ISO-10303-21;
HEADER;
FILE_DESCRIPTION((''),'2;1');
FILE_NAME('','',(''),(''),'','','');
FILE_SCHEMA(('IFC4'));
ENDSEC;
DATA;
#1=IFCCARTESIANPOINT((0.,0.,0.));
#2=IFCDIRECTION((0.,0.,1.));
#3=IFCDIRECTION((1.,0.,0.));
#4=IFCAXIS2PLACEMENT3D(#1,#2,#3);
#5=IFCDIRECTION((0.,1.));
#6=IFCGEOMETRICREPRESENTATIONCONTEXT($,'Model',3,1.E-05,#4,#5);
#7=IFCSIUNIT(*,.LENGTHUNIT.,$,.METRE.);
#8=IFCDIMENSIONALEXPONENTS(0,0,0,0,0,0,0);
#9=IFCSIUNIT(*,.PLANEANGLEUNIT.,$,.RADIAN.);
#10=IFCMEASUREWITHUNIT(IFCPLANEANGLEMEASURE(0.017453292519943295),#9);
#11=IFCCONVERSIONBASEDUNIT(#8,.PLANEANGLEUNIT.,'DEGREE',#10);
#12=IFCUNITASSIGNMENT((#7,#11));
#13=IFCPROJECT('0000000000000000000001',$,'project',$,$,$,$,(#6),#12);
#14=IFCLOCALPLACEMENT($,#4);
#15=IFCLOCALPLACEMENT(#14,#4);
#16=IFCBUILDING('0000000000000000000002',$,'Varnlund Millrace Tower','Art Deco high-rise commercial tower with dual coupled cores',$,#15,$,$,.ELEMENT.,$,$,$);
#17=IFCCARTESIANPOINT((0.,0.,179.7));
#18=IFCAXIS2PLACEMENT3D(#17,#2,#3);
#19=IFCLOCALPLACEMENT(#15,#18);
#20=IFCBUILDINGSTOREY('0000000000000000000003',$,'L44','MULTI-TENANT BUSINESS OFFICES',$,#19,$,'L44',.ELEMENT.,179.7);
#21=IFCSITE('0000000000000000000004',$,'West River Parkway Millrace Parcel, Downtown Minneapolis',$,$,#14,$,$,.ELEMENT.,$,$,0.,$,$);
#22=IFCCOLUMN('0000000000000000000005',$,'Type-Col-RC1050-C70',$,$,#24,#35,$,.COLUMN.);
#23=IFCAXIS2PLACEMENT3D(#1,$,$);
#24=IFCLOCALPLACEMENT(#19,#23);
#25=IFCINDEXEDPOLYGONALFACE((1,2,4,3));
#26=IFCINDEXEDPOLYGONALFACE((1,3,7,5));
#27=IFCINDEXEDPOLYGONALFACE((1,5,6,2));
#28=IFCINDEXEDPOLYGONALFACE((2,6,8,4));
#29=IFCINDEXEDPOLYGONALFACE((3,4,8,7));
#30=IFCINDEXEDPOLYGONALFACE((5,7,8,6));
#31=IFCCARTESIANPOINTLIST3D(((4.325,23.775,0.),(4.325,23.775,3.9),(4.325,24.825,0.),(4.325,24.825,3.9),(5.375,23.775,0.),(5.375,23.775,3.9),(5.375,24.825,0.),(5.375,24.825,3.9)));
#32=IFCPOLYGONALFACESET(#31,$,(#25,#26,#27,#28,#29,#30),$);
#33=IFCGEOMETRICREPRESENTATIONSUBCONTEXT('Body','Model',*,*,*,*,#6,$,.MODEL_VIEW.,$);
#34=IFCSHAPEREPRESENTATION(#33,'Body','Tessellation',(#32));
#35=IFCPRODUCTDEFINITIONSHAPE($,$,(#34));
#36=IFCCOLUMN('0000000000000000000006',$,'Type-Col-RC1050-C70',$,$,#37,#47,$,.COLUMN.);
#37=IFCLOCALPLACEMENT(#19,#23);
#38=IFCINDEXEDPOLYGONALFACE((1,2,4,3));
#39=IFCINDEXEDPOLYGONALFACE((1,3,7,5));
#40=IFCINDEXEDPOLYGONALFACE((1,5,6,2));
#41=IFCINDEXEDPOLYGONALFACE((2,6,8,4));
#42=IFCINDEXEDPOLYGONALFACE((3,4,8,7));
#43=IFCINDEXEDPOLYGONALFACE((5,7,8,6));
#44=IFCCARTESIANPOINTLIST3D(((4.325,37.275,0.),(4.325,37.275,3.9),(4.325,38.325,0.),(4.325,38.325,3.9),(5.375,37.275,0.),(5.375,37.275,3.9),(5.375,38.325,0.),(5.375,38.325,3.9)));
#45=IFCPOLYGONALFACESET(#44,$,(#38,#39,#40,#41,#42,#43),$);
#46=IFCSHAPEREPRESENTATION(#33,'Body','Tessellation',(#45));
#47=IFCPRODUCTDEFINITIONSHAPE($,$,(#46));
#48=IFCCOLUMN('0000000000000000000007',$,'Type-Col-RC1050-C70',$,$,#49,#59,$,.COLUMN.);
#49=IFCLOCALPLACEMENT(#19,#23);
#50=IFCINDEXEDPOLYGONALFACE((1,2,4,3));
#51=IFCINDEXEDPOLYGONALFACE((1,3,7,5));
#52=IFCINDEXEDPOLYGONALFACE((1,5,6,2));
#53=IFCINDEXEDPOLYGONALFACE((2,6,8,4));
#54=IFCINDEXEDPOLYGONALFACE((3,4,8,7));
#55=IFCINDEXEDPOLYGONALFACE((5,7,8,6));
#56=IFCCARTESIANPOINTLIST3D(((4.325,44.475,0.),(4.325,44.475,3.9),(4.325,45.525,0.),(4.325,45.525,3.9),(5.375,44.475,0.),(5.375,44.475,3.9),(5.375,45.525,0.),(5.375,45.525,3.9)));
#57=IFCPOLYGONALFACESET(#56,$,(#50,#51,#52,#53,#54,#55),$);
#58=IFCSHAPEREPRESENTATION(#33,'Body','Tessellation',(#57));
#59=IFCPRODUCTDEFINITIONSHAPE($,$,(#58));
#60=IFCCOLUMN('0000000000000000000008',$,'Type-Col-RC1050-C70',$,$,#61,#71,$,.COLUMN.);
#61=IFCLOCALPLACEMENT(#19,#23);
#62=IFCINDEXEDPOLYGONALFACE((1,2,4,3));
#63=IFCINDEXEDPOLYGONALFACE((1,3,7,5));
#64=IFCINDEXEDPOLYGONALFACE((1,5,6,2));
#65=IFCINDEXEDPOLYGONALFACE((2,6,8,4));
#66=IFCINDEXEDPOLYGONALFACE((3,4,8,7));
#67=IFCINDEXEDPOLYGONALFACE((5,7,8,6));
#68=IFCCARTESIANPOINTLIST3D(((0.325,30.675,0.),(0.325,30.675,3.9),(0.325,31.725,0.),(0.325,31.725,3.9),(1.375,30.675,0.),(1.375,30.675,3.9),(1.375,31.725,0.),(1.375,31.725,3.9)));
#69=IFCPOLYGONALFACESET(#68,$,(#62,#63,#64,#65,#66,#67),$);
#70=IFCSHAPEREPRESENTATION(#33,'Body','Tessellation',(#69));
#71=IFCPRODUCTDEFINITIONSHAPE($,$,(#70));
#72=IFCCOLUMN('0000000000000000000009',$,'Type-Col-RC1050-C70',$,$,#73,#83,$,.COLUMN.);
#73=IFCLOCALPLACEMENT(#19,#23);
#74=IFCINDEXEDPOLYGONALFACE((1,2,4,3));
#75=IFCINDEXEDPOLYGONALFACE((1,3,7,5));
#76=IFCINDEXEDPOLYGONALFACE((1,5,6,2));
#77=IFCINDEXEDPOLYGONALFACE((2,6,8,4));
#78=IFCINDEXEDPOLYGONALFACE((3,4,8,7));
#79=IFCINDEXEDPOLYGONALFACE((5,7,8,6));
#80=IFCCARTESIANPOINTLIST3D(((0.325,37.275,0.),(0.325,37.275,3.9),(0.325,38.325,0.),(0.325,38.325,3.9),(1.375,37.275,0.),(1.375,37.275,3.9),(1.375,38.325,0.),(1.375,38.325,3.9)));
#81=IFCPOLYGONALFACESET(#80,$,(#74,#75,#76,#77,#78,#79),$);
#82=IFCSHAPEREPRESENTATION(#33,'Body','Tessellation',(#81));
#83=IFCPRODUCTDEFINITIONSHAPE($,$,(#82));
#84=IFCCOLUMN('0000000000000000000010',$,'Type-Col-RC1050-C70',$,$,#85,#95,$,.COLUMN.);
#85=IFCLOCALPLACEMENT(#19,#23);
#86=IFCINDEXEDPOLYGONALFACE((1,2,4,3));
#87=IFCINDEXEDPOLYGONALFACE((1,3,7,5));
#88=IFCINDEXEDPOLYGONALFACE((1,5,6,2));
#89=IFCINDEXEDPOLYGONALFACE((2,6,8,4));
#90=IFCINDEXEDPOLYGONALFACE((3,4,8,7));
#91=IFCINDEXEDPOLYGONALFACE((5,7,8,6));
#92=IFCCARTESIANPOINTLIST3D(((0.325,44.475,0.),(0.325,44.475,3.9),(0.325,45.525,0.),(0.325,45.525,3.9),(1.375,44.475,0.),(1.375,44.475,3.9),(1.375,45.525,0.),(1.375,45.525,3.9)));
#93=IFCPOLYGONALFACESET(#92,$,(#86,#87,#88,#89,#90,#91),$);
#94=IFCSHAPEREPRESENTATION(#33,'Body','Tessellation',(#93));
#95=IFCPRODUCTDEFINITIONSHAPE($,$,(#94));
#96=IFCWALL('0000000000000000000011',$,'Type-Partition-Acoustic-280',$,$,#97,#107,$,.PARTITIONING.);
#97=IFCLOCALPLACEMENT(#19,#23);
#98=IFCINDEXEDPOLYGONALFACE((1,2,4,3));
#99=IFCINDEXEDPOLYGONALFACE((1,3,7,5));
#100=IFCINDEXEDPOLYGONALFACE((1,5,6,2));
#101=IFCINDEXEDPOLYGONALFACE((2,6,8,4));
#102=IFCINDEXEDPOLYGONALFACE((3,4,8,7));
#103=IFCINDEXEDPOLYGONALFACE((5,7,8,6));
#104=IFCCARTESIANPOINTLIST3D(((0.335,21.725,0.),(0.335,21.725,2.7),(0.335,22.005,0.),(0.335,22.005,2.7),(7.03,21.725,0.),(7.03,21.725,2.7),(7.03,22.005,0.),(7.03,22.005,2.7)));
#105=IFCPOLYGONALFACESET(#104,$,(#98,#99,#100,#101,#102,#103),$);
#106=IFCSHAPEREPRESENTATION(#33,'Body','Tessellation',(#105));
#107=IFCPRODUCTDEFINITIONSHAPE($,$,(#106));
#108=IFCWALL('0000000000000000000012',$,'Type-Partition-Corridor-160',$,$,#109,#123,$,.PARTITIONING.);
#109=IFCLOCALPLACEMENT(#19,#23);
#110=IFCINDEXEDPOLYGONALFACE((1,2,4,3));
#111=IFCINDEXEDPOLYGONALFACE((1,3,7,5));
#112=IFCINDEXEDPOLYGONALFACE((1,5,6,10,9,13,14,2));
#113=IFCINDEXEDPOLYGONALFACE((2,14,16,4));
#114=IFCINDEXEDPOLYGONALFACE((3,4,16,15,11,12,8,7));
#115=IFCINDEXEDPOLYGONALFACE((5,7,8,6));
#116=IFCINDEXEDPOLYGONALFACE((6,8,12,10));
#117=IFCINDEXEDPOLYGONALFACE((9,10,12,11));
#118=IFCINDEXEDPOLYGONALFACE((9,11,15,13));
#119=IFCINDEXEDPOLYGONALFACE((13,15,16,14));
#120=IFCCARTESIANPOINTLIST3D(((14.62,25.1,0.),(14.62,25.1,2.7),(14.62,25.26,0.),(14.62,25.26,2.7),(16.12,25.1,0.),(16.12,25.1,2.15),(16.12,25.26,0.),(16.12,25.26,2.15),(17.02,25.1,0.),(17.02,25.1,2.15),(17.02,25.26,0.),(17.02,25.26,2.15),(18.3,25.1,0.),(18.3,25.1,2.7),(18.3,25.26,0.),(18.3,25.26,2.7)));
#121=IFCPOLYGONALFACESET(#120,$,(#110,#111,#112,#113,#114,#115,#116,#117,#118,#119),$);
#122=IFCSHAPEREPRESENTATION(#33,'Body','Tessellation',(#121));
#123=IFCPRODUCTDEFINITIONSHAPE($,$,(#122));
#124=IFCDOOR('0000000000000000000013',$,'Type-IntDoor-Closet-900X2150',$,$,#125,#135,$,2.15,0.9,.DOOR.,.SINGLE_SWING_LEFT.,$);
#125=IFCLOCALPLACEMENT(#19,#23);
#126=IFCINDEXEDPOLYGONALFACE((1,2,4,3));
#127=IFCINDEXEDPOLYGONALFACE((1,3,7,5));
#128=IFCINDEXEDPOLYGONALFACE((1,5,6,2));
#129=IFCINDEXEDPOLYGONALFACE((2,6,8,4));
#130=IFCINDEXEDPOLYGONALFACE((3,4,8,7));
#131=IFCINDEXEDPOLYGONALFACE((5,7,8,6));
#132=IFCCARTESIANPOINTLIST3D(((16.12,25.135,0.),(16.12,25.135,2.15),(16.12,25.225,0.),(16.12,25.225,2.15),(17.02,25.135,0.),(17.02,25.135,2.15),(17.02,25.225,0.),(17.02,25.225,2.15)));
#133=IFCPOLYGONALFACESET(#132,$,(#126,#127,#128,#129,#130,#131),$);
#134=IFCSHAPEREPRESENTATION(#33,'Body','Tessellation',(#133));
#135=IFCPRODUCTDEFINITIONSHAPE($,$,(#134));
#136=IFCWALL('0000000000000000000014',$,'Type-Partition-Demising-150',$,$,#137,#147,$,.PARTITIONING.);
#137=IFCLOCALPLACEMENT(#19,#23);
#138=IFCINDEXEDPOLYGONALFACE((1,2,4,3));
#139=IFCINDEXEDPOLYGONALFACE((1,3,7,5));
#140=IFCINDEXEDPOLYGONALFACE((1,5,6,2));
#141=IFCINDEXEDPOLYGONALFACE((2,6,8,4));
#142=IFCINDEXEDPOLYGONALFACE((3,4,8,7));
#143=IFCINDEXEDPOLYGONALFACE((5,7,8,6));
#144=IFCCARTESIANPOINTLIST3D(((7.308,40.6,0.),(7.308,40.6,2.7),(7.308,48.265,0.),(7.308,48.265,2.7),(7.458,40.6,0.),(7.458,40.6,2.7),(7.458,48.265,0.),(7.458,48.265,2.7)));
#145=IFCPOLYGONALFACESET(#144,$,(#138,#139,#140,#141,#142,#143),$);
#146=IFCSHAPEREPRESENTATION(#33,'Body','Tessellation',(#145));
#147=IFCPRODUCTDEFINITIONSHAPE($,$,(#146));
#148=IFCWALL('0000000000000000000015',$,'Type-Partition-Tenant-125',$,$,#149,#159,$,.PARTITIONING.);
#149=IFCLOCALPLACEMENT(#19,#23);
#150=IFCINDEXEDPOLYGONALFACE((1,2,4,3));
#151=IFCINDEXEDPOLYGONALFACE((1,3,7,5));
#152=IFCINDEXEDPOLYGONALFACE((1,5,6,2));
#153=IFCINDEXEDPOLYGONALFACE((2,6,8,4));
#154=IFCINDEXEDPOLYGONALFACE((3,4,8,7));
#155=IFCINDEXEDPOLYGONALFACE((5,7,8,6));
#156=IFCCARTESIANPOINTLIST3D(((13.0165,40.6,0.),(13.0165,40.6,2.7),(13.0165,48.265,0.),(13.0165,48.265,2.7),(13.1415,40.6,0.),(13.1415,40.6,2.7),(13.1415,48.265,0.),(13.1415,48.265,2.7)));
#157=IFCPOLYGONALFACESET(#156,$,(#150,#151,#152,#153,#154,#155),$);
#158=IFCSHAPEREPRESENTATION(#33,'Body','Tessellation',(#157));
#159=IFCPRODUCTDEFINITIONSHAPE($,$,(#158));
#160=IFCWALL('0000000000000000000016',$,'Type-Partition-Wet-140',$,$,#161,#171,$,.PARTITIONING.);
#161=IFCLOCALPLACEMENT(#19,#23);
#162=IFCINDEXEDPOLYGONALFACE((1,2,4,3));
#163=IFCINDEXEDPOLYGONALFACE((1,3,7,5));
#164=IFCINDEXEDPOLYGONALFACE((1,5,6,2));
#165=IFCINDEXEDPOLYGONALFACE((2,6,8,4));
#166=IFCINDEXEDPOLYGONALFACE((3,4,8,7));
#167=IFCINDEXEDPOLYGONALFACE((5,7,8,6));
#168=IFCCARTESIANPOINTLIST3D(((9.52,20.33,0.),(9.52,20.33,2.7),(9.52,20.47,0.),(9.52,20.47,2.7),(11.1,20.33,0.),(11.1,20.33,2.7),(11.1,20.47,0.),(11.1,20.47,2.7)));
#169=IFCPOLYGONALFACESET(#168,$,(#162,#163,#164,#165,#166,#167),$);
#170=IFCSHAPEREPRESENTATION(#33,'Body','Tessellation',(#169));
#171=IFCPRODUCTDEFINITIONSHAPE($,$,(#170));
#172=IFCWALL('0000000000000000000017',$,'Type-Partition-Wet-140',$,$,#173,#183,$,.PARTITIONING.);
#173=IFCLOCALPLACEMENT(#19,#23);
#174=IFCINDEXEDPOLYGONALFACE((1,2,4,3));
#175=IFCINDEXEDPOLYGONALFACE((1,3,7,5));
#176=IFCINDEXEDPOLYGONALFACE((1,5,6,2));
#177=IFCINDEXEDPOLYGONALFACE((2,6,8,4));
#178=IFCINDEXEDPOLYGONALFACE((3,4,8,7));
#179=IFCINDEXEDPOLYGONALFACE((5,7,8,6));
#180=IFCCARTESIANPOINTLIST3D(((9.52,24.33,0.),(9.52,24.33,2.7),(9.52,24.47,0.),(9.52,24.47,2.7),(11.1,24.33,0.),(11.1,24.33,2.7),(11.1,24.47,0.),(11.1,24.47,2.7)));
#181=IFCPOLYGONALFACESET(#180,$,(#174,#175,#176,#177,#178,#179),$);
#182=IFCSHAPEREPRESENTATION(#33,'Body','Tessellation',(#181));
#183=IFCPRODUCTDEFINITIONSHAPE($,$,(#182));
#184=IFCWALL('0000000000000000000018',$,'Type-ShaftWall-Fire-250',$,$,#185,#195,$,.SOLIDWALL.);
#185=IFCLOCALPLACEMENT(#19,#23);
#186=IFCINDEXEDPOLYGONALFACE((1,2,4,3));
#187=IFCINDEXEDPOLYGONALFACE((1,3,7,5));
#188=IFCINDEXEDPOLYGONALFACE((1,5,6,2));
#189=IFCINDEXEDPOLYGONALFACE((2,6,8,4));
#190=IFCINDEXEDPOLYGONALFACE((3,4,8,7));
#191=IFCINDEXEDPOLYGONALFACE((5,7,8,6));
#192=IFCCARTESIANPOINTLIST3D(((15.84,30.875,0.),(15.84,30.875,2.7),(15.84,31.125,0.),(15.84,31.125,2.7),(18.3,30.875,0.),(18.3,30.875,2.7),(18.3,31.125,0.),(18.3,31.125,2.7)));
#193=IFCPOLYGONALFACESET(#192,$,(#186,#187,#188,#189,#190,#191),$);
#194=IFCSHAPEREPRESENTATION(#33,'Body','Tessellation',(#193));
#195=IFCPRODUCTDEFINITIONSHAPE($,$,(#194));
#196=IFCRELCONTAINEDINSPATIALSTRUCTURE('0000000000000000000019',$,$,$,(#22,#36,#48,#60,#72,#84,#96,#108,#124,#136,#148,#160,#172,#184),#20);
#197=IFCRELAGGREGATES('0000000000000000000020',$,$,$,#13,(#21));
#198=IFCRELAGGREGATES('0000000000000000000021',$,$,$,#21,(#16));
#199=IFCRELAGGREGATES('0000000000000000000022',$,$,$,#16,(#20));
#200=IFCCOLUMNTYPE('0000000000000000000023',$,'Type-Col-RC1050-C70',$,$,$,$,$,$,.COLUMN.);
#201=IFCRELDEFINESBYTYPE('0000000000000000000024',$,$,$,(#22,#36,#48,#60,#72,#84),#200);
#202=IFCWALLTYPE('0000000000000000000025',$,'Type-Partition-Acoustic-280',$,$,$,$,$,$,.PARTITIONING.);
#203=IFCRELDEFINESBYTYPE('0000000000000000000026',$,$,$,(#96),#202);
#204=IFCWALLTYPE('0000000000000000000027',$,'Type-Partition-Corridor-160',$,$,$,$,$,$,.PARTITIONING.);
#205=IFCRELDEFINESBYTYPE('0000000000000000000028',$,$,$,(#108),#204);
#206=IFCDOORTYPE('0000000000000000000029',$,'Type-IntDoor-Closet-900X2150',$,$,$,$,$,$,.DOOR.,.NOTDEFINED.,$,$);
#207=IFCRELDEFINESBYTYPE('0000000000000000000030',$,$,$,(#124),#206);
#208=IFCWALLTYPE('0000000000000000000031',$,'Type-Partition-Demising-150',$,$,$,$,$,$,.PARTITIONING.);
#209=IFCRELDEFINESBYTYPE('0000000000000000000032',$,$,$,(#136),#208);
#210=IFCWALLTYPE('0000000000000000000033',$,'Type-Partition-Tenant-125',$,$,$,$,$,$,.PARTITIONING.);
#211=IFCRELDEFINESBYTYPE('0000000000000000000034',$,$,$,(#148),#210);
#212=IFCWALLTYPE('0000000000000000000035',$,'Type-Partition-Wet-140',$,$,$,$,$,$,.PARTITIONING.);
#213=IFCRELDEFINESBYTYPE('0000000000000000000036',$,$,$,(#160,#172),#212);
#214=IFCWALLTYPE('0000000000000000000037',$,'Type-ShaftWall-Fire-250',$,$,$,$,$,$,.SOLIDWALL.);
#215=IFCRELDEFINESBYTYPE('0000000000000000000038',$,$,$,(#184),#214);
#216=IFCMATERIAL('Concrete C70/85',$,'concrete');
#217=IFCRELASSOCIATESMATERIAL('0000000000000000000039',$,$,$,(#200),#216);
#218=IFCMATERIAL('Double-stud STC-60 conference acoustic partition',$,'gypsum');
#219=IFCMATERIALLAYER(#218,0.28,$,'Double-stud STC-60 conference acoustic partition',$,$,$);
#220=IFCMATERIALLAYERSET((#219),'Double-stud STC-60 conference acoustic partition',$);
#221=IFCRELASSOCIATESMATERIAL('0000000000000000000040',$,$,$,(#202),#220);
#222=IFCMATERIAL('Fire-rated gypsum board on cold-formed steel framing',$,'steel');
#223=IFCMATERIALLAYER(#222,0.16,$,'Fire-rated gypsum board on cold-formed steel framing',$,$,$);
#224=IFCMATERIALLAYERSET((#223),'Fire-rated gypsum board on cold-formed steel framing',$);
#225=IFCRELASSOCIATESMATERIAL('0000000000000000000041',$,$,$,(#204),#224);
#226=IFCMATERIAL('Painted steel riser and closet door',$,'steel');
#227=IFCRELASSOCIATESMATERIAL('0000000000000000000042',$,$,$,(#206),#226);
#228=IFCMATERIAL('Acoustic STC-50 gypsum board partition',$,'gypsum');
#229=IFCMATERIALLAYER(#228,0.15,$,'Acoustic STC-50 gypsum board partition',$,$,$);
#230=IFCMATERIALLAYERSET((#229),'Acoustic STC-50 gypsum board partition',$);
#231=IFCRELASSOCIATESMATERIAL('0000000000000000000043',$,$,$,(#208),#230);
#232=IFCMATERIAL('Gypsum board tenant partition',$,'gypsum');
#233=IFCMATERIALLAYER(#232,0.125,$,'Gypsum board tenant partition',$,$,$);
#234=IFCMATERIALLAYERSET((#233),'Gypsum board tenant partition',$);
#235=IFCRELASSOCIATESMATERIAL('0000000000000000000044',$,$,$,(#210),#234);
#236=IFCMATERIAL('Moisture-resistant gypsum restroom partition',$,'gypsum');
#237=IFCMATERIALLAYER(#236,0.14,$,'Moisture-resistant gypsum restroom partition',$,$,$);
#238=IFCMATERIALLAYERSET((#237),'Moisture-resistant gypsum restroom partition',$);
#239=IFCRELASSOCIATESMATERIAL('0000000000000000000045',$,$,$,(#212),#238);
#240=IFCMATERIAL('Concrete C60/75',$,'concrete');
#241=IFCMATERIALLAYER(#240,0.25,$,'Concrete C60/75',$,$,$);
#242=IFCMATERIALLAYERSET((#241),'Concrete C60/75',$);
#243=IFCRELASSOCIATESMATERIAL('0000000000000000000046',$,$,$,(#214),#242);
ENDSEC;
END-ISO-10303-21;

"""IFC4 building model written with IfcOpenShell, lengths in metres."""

from ifc_helpers import new_model, entity, si_unit, converted_unit, direction, frame, origin_with_axes, origin_2d_with_axis, place, context, subcontext, project, spatial, polyline, rectangle, outline, extrude, material, layer, layer_set, material_profile, profile_set, type_object, element, fill, save


model = new_model("IFC4")

# Units and contexts
model_context = context("Model", 3, precision=1e-05, world=origin_with_axes(), true_north=direction((0.0, 1.0)))
body_context = subcontext(model_context, "Body", "Model", "MODEL_VIEW")
ifc_project = project(units=[si_unit("LENGTHUNIT", "METRE"), converted_unit("PLANEANGLEUNIT", "DEGREE", entity("IfcPlaneAngleMeasure", 0.017453292519943295), si_unit("PLANEANGLEUNIT", "RADIAN"), dimensions=[0, 0, 0, 0, 0, 0, 0])], contexts=[model_context])

# Site, building, storey
site_placement = place(None, origin_with_axes())
site = spatial("IfcSite", under=ifc_project, at=site_placement, Name="West River Parkway Millrace Parcel, Downtown Minneapolis", CompositionType="ELEMENT", RefElevation=0.0)
building_placement = place(site_placement, origin_with_axes())
building = spatial("IfcBuilding", under=site, at=building_placement, Name="Varnlund Millrace Tower", Description="Art Deco high-rise commercial tower with dual coupled cores", CompositionType="ELEMENT")
storey_placement = place(building_placement, frame((0.0, 0.0, 179.7), z_axis=(0.0, 0.0, 1.0), x_axis=(1.0, 0.0, 0.0)))
storey = spatial("IfcBuildingStorey", under=building, at=storey_placement, Name="L44", Description="MULTI-TENANT BUSINESS OFFICES", LongName="L44", CompositionType="ELEMENT", Elevation=179.7)

# Columns
ifc_material_1 = material(Name="Concrete C70/85", Category="concrete")
ifc_material_profile = material_profile(ifc_material_1, rectangle(XDim=1.05, YDim=1.05, at=origin_2d_with_axis()), Name="Concrete C70/85")
ifc_profile_set = profile_set([ifc_material_profile], Name="Concrete C70/85")
column_type = type_object("IfcColumnType", Name="Type-Col-RC1050-C70", PredefinedType="COLUMN", material=ifc_profile_set)
for number, where, z_axis, x_axis, name in (
    (1, (4.85, 24.3, 0.0), (0.0, 0.0, 1.0), (1.0, 0.0, 0.0), "Type-Col-RC1050-C70"),
    (2, (4.85, 37.8, 0.0), (0.0, 0.0, 1.0), (1.0, 0.0, 0.0), "Type-Col-RC1050-C70"),
    (3, (4.85, 45.0, 0.0), (0.0, 0.0, 1.0), (1.0, 0.0, 0.0), "Type-Col-RC1050-C70"),
    (4, (0.85, 31.2, 0.0), (0.0, 0.0, 1.0), (1.0, 0.0, 0.0), "Type-Col-RC1050-C70"),
    (5, (0.85, 37.8, 0.0), (0.0, 0.0, 1.0), (1.0, 0.0, 0.0), "Type-Col-RC1050-C70"),
    (6, (0.85, 45.0, 0.0), (0.0, 0.0, 1.0), (1.0, 0.0, 0.0), "Type-Col-RC1050-C70"),
):
    element("IfcColumn", number, at=place(storey_placement, frame(where, z_axis=z_axis, x_axis=x_axis)), inside=storey, type_object=column_type, Name=name, PredefinedType="COLUMN", context=body_context, shape_type="SweptSolid", body=[
        extrude(rectangle(XDim=1.05, YDim=1.05, at=origin_2d_with_axis()), origin_with_axes(), (0.0, 0.0, 1.0), 3.9),
    ])

# Wall
ifc_material_2 = material(Name="Double-stud STC-60 conference acoustic partition", Category="gypsum")
ifc_layer_1 = layer(ifc_material_2, 0.28, Name="Double-stud STC-60 conference acoustic partition")
ifc_layer_set_1 = layer_set([ifc_layer_1], Name="Double-stud STC-60 conference acoustic partition")
wall_type_1 = type_object("IfcWallType", Name="Type-Partition-Acoustic-280", PredefinedType="PARTITIONING", material=ifc_layer_set_1)
wall_1_placement = place(storey_placement, frame((0.335, 21.865, 0.0), z_axis=(0.0, 0.0, 1.0), x_axis=(1.0, 0.0, 0.0)))
element("IfcWall", 7, at=wall_1_placement, inside=storey, type_object=wall_type_1, Name="Type-Partition-Acoustic-280", PredefinedType="PARTITIONING", context=body_context, shape_type="SweptSolid", body=[
    extrude(outline(polyline([(0.0, -0.14), (6.695, -0.14), (6.695, 0.14), (0.0, 0.14), (0.0, -0.14)])), origin_with_axes(), (0.0, 0.0, 1.0), 2.7),
])

# Wall, opening, door
ifc_material_3 = material(Name="Fire-rated gypsum board on cold-formed steel framing", Category="steel")
ifc_layer_2 = layer(ifc_material_3, 0.16, Name="Fire-rated gypsum board on cold-formed steel framing")
ifc_layer_set_2 = layer_set([ifc_layer_2], Name="Fire-rated gypsum board on cold-formed steel framing")
wall_type_2 = type_object("IfcWallType", Name="Type-Partition-Corridor-160", PredefinedType="PARTITIONING", material=ifc_layer_set_2)
wall_2_placement = place(storey_placement, frame((14.62, 25.18, 0.0), z_axis=(0.0, 0.0, 1.0), x_axis=(1.0, 0.0, 0.0)))
wall_2 = element("IfcWall", 8, at=wall_2_placement, inside=storey, type_object=wall_type_2, Name="Type-Partition-Corridor-160", PredefinedType="PARTITIONING", context=body_context, shape_type="SweptSolid", body=[
    extrude(outline(polyline([(0.0, -0.08), (3.68, -0.08), (3.68, 0.08), (0.0, 0.08), (0.0, -0.08)])), origin_with_axes(), (0.0, 0.0, 1.0), 2.7),
])
opening_1_placement = place(wall_2_placement, frame((1.95, 0.0, 0.0), z_axis=(0.0, 0.0, 1.0), x_axis=(1.0, 0.0, 0.0)))
opening_1 = element("IfcOpeningElement", 9, at=opening_1_placement, cuts=wall_2, PredefinedType="OPENING", context=body_context, shape_type="SweptSolid", body=[
    extrude(rectangle(XDim=0.9, YDim=0.18, at=origin_2d_with_axis()), origin_with_axes(), (0.0, 0.0, 1.0), 2.15),
])
ifc_material_4 = material(Name="Painted steel riser and closet door", Category="steel")
door_type_1 = type_object("IfcDoorType", Name="Type-IntDoor-Closet-900X2150", OperationType="NOTDEFINED", PredefinedType="DOOR", material=ifc_material_4)
door_1_placement = place(wall_2_placement, frame((1.95, 0.0, 0.0), z_axis=(0.0, 0.0, 1.0), x_axis=(1.0, 0.0, 0.0)))
door_1 = element("IfcDoor", 10, at=door_1_placement, inside=storey, type_object=door_type_1, Name="Type-IntDoor-Closet-900X2150", OperationType="SINGLE_SWING_LEFT", OverallHeight=2.15, OverallWidth=0.9, PredefinedType="DOOR", context=body_context, shape_type="SweptSolid", body=[
    extrude(rectangle(XDim=0.9, YDim=0.09, at=origin_2d_with_axis()), origin_with_axes(), (0.0, 0.0, 1.0), 2.15),
])
fill(opening_1, door_1)

# Walls
ifc_material_5 = material(Name="Acoustic STC-50 gypsum board partition", Category="gypsum")
ifc_layer_3 = layer(ifc_material_5, 0.15, Name="Acoustic STC-50 gypsum board partition")
ifc_layer_set_3 = layer_set([ifc_layer_3], Name="Acoustic STC-50 gypsum board partition")
wall_type_3 = type_object("IfcWallType", Name="Type-Partition-Demising-150", PredefinedType="PARTITIONING", material=ifc_layer_set_3)
wall_3_placement = place(storey_placement, frame((7.383, 40.6, 0.0), z_axis=(0.0, 0.0, 1.0), x_axis=(0.0, 1.0, 0.0)))
element("IfcWall", 11, at=wall_3_placement, inside=storey, type_object=wall_type_3, Name="Type-Partition-Demising-150", PredefinedType="PARTITIONING", context=body_context, shape_type="SweptSolid", body=[
    extrude(outline(polyline([(0.0, -0.075), (7.665, -0.075), (7.665, 0.075), (0.0, 0.075), (0.0, -0.075)])), origin_with_axes(), (0.0, 0.0, 1.0), 2.7),
])
ifc_material_6 = material(Name="Gypsum board tenant partition", Category="gypsum")
ifc_layer_4 = layer(ifc_material_6, 0.125, Name="Gypsum board tenant partition")
ifc_layer_set_4 = layer_set([ifc_layer_4], Name="Gypsum board tenant partition")
wall_type_4 = type_object("IfcWallType", Name="Type-Partition-Tenant-125", PredefinedType="PARTITIONING", material=ifc_layer_set_4)
wall_4_placement = place(storey_placement, frame((13.079, 40.6, 0.0), z_axis=(0.0, 0.0, 1.0), x_axis=(0.0, 1.0, 0.0)))
element("IfcWall", 12, at=wall_4_placement, inside=storey, type_object=wall_type_4, Name="Type-Partition-Tenant-125", PredefinedType="PARTITIONING", context=body_context, shape_type="SweptSolid", body=[
    extrude(outline(polyline([(0.0, -0.0625), (7.665, -0.0625), (7.665, 0.0625), (0.0, 0.0625), (0.0, -0.0625)])), origin_with_axes(), (0.0, 0.0, 1.0), 2.7),
])
ifc_material_7 = material(Name="Moisture-resistant gypsum restroom partition", Category="gypsum")
ifc_layer_5 = layer(ifc_material_7, 0.14, Name="Moisture-resistant gypsum restroom partition")
ifc_layer_set_5 = layer_set([ifc_layer_5], Name="Moisture-resistant gypsum restroom partition")
wall_type_5 = type_object("IfcWallType", Name="Type-Partition-Wet-140", PredefinedType="PARTITIONING", material=ifc_layer_set_5)
for number, where, z_axis, x_axis, name in (
    (13, (9.52, 20.4, 0.0), (0.0, 0.0, 1.0), (1.0, 0.0, 0.0), "Type-Partition-Wet-140"),
    (14, (9.52, 24.4, 0.0), (0.0, 0.0, 1.0), (1.0, 0.0, 0.0), "Type-Partition-Wet-140"),
):
    element("IfcWall", number, at=place(storey_placement, frame(where, z_axis=z_axis, x_axis=x_axis)), inside=storey, type_object=wall_type_5, Name=name, PredefinedType="PARTITIONING", context=body_context, shape_type="SweptSolid", body=[
        extrude(outline(polyline([(0.0, -0.07), (1.58, -0.07), (1.58, 0.07), (0.0, 0.07), (0.0, -0.07)])), origin_with_axes(), (0.0, 0.0, 1.0), 2.7),
    ])
ifc_material_8 = material(Name="Concrete C60/75", Category="concrete")
ifc_layer_6 = layer(ifc_material_8, 0.25, Name="Concrete C60/75")
ifc_layer_set_6 = layer_set([ifc_layer_6], Name="Concrete C60/75")
wall_type_6 = type_object("IfcWallType", Name="Type-ShaftWall-Fire-250", PredefinedType="SOLIDWALL", material=ifc_layer_set_6)
for number, where, z_axis, x_axis, name in (
    (15, (15.84, 31.0, 0.0), (0.0, 0.0, 1.0), (1.0, 0.0, 0.0), "Type-ShaftWall-Fire-250"),
):
    element("IfcWall", number, at=place(storey_placement, frame(where, z_axis=z_axis, x_axis=x_axis)), inside=storey, type_object=wall_type_6, Name=name, PredefinedType="SOLIDWALL", context=body_context, shape_type="SweptSolid", body=[
        extrude(outline(polyline([(0.0, -0.125), (2.46, -0.125), (2.46, 0.125), (0.0, 0.125), (0.0, -0.125)])), origin_with_axes(), (0.0, 0.0, 1.0), 2.7),
    ])

save(model, "model.ifc")
